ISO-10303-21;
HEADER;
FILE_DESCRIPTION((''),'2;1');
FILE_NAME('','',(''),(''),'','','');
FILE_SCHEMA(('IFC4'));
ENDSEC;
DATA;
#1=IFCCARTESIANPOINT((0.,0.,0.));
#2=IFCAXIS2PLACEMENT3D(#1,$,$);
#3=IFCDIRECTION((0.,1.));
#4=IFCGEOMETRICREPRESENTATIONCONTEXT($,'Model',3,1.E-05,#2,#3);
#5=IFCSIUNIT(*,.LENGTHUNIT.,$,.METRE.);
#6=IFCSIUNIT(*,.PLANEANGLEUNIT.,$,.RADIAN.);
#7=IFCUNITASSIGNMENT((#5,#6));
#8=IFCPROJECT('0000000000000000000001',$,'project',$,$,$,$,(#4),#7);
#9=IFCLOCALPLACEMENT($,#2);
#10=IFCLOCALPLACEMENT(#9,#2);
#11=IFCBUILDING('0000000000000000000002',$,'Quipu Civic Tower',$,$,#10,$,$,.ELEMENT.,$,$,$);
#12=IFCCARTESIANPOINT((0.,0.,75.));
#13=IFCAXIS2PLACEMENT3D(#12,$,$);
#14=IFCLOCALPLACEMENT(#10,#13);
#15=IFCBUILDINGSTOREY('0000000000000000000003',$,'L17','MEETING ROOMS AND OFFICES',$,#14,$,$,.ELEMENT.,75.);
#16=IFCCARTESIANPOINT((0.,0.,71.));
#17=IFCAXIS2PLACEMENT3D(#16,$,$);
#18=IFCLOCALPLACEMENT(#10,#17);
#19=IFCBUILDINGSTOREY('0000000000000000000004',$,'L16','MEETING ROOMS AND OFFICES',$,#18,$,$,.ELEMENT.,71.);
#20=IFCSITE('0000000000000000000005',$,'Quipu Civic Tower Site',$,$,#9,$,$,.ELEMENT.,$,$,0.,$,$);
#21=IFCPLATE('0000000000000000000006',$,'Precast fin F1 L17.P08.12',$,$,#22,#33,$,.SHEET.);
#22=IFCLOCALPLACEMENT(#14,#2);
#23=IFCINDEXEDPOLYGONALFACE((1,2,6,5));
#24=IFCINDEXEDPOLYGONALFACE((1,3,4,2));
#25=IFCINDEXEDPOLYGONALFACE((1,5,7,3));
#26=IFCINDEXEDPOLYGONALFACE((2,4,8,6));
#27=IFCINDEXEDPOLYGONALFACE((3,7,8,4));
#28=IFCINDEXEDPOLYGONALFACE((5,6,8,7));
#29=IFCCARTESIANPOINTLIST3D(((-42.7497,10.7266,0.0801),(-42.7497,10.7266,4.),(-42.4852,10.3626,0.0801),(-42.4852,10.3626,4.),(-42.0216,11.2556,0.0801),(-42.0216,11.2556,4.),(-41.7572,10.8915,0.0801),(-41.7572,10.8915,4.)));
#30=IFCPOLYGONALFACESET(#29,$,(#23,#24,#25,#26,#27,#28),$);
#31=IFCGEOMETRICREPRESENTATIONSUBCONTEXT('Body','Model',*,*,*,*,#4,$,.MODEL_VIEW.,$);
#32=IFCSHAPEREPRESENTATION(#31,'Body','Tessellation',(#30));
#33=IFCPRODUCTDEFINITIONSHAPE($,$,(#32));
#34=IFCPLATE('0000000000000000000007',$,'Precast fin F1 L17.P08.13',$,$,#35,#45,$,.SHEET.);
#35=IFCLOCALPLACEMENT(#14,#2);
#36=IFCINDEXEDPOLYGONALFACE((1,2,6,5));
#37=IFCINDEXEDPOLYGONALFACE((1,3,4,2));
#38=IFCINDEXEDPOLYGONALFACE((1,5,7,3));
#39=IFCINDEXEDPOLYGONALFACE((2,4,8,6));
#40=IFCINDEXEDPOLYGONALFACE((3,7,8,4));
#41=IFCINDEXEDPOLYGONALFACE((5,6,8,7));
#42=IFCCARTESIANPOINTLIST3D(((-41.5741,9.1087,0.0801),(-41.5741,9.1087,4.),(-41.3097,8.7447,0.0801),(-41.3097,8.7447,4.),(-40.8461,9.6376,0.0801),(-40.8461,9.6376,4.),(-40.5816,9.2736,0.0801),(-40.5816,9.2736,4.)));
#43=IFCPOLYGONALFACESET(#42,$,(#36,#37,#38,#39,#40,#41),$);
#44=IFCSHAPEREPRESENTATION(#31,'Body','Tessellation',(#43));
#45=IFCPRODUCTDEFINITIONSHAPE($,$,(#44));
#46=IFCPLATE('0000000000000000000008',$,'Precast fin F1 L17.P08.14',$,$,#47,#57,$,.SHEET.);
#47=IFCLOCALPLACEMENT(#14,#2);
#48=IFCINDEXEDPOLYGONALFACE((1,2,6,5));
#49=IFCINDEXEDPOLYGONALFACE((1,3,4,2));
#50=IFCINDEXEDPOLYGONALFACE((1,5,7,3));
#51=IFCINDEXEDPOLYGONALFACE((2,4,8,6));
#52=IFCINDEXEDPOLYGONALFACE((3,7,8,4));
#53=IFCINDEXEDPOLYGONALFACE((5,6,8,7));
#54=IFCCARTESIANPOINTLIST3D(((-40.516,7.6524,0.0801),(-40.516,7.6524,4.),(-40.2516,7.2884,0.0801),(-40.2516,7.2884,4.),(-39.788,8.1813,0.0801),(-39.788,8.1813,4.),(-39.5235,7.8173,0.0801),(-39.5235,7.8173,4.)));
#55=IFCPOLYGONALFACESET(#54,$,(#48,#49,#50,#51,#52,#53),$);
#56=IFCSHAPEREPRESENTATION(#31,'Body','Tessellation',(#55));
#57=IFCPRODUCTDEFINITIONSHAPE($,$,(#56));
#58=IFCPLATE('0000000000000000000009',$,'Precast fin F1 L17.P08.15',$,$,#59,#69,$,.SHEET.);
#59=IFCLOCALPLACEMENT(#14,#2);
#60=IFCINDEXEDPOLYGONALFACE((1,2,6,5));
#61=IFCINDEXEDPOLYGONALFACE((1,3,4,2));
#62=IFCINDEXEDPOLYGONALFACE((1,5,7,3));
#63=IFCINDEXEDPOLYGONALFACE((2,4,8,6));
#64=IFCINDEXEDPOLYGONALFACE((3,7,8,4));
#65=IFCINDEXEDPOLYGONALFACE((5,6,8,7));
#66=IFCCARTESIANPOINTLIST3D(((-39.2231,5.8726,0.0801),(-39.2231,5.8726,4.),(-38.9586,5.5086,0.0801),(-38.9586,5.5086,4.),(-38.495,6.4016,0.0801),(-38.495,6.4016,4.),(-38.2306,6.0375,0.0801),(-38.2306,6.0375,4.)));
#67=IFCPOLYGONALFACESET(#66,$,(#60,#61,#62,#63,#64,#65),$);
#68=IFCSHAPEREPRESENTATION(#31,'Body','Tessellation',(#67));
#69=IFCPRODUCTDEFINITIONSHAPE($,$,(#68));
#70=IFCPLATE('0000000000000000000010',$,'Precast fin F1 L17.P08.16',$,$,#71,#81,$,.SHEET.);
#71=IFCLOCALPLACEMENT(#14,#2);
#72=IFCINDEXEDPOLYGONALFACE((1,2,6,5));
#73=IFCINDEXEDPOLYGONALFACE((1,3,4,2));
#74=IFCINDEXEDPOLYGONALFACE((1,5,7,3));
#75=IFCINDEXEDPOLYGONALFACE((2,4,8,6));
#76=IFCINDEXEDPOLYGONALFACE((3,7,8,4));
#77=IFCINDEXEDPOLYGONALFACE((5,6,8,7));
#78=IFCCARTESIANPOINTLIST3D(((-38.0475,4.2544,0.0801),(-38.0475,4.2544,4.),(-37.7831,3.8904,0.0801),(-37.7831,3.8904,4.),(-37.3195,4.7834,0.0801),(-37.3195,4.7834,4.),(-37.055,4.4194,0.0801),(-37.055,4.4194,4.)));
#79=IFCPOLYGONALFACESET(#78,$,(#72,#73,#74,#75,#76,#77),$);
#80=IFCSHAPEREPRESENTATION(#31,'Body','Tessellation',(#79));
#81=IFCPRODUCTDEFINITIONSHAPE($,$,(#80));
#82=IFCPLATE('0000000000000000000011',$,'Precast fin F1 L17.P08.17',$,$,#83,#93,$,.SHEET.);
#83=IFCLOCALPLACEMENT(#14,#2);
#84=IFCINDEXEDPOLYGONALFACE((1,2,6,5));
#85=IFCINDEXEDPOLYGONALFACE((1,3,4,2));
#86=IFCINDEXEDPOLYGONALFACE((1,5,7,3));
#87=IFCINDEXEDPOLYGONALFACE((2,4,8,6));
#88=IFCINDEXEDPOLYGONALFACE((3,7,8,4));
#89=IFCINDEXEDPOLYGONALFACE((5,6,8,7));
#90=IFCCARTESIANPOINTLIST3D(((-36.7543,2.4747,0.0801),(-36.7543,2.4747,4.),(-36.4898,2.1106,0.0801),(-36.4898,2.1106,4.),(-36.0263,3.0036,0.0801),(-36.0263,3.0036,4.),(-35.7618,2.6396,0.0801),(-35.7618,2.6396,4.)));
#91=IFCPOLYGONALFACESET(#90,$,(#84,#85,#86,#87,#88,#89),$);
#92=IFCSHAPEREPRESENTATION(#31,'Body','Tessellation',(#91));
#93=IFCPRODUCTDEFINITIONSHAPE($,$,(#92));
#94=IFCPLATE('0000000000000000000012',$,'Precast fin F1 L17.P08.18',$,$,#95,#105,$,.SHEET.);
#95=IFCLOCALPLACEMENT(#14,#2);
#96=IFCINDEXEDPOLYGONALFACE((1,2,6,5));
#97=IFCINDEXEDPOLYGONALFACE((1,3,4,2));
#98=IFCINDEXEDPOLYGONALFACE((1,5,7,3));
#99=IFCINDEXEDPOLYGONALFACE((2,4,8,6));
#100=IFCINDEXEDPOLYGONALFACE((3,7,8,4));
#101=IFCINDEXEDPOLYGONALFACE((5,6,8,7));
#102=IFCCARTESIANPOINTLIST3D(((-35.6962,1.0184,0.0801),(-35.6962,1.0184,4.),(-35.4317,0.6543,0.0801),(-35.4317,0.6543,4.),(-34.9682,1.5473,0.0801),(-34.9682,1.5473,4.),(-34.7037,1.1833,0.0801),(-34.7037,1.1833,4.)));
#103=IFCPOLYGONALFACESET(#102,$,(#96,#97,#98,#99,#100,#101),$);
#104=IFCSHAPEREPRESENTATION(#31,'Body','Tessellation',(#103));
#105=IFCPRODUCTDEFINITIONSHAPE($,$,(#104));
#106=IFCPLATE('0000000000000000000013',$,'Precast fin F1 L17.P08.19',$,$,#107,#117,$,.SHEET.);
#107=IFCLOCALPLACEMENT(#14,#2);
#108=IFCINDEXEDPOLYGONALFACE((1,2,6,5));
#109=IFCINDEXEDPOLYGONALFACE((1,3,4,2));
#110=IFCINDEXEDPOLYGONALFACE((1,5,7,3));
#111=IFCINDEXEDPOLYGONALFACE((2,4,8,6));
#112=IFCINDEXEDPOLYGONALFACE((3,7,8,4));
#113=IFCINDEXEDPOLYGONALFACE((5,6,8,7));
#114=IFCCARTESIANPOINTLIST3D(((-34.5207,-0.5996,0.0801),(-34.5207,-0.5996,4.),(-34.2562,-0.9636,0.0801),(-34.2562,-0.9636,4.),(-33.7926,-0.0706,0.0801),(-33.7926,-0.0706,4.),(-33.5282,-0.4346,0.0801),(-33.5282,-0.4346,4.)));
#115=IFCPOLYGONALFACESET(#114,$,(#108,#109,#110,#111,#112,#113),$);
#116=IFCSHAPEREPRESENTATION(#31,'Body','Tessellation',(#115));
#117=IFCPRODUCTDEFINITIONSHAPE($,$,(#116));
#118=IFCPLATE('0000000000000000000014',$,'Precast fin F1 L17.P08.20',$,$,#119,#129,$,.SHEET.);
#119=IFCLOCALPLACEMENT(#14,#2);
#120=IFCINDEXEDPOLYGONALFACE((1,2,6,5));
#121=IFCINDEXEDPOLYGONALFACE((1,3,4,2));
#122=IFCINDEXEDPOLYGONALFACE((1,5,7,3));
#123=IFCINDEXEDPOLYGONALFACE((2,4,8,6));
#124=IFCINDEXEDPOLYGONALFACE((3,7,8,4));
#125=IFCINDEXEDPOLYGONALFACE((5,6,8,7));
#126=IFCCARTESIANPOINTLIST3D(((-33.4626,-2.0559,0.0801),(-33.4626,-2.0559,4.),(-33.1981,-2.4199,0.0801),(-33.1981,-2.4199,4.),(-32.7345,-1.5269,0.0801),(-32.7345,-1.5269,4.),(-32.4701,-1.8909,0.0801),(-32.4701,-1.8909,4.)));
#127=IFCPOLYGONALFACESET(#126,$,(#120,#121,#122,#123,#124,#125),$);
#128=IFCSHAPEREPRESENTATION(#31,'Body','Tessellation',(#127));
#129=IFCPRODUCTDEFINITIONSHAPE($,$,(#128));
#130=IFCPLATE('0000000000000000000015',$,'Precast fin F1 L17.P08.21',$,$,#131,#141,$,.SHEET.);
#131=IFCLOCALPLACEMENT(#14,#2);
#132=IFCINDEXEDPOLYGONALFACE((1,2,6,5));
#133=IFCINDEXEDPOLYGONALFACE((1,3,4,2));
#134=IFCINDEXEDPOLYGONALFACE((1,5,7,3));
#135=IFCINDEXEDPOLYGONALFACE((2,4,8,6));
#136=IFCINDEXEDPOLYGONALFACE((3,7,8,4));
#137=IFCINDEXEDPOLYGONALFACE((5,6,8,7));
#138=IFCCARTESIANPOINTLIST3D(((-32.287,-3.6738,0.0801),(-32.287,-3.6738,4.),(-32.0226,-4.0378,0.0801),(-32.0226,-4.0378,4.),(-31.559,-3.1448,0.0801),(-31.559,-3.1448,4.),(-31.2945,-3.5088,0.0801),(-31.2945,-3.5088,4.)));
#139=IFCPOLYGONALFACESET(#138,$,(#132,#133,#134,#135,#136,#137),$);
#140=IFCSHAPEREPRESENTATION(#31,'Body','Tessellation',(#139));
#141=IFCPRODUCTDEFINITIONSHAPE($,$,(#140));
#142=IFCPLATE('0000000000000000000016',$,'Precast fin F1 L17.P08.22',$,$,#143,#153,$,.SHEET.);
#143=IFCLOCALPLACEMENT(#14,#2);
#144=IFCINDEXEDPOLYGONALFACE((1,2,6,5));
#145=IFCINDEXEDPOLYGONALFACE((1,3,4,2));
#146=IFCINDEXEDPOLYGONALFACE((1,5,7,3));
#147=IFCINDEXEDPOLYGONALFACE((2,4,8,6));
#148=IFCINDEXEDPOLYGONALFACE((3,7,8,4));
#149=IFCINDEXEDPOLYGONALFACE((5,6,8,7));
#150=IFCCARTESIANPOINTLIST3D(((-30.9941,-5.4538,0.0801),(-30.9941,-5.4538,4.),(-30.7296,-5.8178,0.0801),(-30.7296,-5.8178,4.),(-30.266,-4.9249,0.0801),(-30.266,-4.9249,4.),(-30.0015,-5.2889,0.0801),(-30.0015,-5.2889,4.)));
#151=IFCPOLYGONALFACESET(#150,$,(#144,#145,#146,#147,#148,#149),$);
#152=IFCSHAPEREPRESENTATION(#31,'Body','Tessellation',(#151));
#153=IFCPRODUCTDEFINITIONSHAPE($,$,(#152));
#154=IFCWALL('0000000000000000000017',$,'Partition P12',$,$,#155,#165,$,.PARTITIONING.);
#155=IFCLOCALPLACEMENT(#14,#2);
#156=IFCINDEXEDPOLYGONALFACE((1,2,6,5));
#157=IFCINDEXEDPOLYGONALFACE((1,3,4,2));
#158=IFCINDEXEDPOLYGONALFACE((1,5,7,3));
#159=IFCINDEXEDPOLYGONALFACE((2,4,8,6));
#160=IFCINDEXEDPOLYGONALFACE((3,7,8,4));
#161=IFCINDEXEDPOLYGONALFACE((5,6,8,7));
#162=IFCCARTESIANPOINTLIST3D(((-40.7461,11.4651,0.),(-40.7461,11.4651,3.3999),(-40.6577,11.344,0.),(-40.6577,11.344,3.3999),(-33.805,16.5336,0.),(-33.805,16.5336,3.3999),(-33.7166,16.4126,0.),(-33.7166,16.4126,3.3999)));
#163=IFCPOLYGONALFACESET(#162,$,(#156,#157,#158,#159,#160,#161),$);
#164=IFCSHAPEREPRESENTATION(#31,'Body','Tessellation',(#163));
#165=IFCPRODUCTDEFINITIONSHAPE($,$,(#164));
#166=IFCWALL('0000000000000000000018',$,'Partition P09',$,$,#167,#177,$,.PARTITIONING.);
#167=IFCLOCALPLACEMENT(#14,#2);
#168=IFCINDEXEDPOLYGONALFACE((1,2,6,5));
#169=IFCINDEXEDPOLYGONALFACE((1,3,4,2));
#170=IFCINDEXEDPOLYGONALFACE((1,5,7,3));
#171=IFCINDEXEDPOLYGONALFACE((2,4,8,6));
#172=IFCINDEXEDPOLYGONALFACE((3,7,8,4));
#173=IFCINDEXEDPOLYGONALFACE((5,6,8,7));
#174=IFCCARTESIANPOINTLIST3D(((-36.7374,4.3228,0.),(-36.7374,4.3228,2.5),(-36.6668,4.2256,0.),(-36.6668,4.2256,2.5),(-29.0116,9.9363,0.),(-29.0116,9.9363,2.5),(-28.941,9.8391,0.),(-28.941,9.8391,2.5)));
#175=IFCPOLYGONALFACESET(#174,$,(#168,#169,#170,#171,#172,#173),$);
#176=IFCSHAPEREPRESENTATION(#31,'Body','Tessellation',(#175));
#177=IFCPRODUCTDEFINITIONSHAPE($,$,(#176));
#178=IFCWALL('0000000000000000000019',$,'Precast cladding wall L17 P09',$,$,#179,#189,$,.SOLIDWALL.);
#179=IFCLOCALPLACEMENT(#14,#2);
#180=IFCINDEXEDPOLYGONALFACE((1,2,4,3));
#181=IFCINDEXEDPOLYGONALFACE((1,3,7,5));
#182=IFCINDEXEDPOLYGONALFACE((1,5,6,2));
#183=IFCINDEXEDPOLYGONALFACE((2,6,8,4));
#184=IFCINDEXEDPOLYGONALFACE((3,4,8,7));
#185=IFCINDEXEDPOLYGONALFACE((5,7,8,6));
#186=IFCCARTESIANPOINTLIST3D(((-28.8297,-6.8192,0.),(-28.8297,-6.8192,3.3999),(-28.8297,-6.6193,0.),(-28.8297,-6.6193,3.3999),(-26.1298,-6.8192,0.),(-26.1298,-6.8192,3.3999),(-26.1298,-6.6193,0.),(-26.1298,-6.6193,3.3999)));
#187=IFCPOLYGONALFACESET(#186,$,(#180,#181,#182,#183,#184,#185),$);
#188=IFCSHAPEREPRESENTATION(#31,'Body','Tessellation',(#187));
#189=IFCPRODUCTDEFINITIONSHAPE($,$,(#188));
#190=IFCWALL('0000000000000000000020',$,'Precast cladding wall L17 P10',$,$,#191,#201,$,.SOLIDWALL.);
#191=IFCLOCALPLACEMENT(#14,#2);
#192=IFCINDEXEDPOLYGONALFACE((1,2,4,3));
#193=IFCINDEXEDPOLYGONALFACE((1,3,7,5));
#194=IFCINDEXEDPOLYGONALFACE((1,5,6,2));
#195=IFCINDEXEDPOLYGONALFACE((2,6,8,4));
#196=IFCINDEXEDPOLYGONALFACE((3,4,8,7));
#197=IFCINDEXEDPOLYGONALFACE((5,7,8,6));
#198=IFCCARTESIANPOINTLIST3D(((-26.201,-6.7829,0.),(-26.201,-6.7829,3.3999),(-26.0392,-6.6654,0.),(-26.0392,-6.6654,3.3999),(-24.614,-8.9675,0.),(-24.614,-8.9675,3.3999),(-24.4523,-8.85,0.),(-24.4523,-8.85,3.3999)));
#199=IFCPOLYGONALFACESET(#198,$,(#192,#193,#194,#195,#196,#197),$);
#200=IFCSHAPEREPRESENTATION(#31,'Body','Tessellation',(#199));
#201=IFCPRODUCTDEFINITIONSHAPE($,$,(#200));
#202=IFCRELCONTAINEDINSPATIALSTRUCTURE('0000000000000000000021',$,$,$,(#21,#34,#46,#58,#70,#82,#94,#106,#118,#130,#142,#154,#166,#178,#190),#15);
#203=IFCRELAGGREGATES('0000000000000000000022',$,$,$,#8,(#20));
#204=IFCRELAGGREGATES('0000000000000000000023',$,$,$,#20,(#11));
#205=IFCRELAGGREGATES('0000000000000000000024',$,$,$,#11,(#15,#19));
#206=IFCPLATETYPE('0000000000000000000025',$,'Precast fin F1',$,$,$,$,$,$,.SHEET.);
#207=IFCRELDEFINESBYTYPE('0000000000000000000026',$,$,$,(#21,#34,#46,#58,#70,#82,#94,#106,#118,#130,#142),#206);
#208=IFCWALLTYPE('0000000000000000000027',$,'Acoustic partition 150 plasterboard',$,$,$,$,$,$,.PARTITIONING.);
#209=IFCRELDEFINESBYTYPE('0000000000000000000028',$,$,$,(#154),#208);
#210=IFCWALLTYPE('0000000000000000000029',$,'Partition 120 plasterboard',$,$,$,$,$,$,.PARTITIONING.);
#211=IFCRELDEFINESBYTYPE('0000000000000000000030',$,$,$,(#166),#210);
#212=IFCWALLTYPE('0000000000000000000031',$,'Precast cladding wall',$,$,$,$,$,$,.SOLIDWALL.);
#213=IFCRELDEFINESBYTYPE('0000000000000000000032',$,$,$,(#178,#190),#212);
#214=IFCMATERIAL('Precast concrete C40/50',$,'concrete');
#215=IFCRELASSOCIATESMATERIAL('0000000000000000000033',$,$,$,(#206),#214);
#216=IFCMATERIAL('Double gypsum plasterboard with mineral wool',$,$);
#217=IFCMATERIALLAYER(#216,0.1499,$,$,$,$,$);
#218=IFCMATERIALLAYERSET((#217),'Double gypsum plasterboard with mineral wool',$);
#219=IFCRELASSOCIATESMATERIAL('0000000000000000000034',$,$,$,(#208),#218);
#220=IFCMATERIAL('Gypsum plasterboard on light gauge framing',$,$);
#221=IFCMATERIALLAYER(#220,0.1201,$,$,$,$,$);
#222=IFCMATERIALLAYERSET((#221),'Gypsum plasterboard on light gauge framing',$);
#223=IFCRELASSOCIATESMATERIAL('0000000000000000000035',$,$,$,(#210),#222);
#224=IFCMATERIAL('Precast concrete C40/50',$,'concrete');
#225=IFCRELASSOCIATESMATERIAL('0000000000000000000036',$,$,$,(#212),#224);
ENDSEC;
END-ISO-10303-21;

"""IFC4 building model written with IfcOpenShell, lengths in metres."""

from ifc_helpers import new_model, si_unit, direction, frame, frame_2d, origin, origin_2d, place, context, subcontext, project, spatial, rectangle, extrude, material, layer, layer_set, type_object, element, save


model = new_model("IFC4")

# Units and contexts
model_context = context("Model", 3, precision=1e-05, world=origin(), true_north=direction((0.0, 1.0)))
body_context = subcontext(model_context, "Body", "Model", "MODEL_VIEW")
ifc_project = project(units=[si_unit("LENGTHUNIT", "METRE"), si_unit("PLANEANGLEUNIT", "RADIAN")], contexts=[model_context])

# Site, building, storey
site_placement = place(None, origin())
site = spatial("IfcSite", under=ifc_project, at=site_placement, Name="Quipu Civic Tower Site", CompositionType="ELEMENT", RefElevation=0.0)
building_placement = place(site_placement, origin())
building = spatial("IfcBuilding", under=site, at=building_placement, Name="Quipu Civic Tower", CompositionType="ELEMENT")
storey_1_placement = place(building_placement, frame((0.0, 0.0, 75.0)))
storey_1 = spatial("IfcBuildingStorey", under=building, at=storey_1_placement, Name="L17", Description="MEETING ROOMS AND OFFICES", CompositionType="ELEMENT", Elevation=75.0)

# Shared definitions
storey_2_placement = place(building_placement, frame((0.0, 0.0, 71.0)))
storey_2 = spatial("IfcBuildingStorey", under=building, at=storey_2_placement, Name="L16", Description="MEETING ROOMS AND OFFICES", CompositionType="ELEMENT", Elevation=71.0)

# Plates
ifc_material_1 = material(Name="Precast concrete C40/50", Category="concrete")
plate_type_1 = type_object("IfcPlateType", Name="Precast fin F1", PredefinedType="SHEET", material=ifc_material_1)
for number, where, z_axis, x_axis, name in (
    (1, (-42.2534, 10.8091, 0.0801), (0.0, 0.0, 1.0), (0.587786, -0.809017, 0.0), "Precast fin F1 L17.P08.12"),
    (2, (-41.0779, 9.1912, 0.0801), (0.0, 0.0, 1.0), (0.587786, -0.809017, 0.0), "Precast fin F1 L17.P08.13"),
    (3, (-40.0198, 7.7349, 0.0801), (0.0, 0.0, 1.0), (0.587786, -0.809017, 0.0), "Precast fin F1 L17.P08.14"),
    (4, (-38.7268, 5.9551, 0.0801), (0.0, 0.0, 1.0), (0.587786, -0.809017, 0.0), "Precast fin F1 L17.P08.15"),
    (5, (-37.5513, 4.3369, 0.0801), (0.0, 0.0, 1.0), (0.587786, -0.809017, 0.0), "Precast fin F1 L17.P08.16"),
    (6, (-36.2581, 2.5571, 0.0801), (0.0, 0.0, 1.0), (0.587786, -0.809017, 0.0), "Precast fin F1 L17.P08.17"),
    (7, (-35.2, 1.1008, 0.0801), (0.0, 0.0, 1.0), (0.587786, -0.809017, 0.0), "Precast fin F1 L17.P08.18"),
    (8, (-34.0244, -0.5171, 0.0801), (0.0, 0.0, 1.0), (0.587786, -0.809017, 0.0), "Precast fin F1 L17.P08.19"),
    (9, (-32.9663, -1.9734, 0.0801), (0.0, 0.0, 1.0), (0.587786, -0.809017, 0.0), "Precast fin F1 L17.P08.20"),
    (10, (-31.7908, -3.5913, 0.0801), (0.0, 0.0, 1.0), (0.587786, -0.809017, 0.0), "Precast fin F1 L17.P08.21"),
    (11, (-30.4978, -5.3713, 0.0801), (0.0, 0.0, 1.0), (0.587786, -0.809017, 0.0), "Precast fin F1 L17.P08.22"),
):
    element("IfcPlate", number, at=place(storey_1_placement, frame(where, z_axis=z_axis, x_axis=x_axis)), inside=storey_1, type_object=plate_type_1, Name=name, PredefinedType="SHEET", context=body_context, shape_type="SweptSolid", body=[
        extrude(rectangle(XDim=0.45, YDim=0.8999, at=origin_2d()), origin(), (0.0, 0.0, 1.0), 3.9199),
    ])

# Walls
ifc_material_2 = material(Name="Double gypsum plasterboard with mineral wool")
ifc_layer_1 = layer(ifc_material_2, 0.1499)
ifc_layer_set_1 = layer_set([ifc_layer_1], Name="Double gypsum plasterboard with mineral wool")
wall_type_1 = type_object("IfcWallType", Name="Acoustic partition 150 plasterboard", PredefinedType="PARTITIONING", material=ifc_layer_set_1)
wall_1_placement = place(storey_1_placement, frame((-40.7019, 11.4045, 0.0), z_axis=(0.0, 0.0, 1.0), x_axis=(0.807601, 0.58973, 0.0)))
element("IfcWall", 12, at=wall_1_placement, inside=storey_1, type_object=wall_type_1, Name="Partition P12", PredefinedType="PARTITIONING", context=body_context, shape_type="SweptSolid", body=[
    extrude(rectangle(XDim=8.5947, YDim=0.1499, at=frame_2d((4.2974, 0.0))), origin(), (0.0, 0.0, 1.0), 3.3999),
])
ifc_material_3 = material(Name="Gypsum plasterboard on light gauge framing")
ifc_layer_2 = layer(ifc_material_3, 0.1201)
ifc_layer_set_2 = layer_set([ifc_layer_2], Name="Gypsum plasterboard on light gauge framing")
wall_type_2 = type_object("IfcWallType", Name="Partition 120 plasterboard", PredefinedType="PARTITIONING", material=ifc_layer_set_2)
wall_2_placement = place(storey_1_placement, frame((-28.9763, 9.8877, 0.0), z_axis=(0.0, 0.0, 1.0), x_axis=(-0.808998, -0.587811, 0.0)))
element("IfcWall", 13, at=wall_2_placement, inside=storey_1, type_object=wall_type_2, Name="Partition P09", PredefinedType="PARTITIONING", context=body_context, shape_type="SweptSolid", body=[
    extrude(rectangle(XDim=9.5498, YDim=0.1201, at=frame_2d((4.7749, 0.0))), origin(), (0.0, 0.0, 1.0), 2.5),
])
ifc_material_4 = material(Name="Precast concrete C40/50", Category="concrete")
wall_type_3 = type_object("IfcWallType", Name="Precast cladding wall", PredefinedType="SOLIDWALL", material=ifc_material_4)
wall_3_placement = place(storey_1_placement, frame((-28.8298, -6.7192, 0.0), z_axis=(0.0, 0.0, 1.0), x_axis=(1.0, 0.0, 0.0)))
element("IfcWall", 14, at=wall_3_placement, inside=storey_1, type_object=wall_type_3, Name="Precast cladding wall L17 P09", PredefinedType="SOLIDWALL", context=body_context, shape_type="SweptSolid", body=[
    extrude(rectangle(XDim=2.7, YDim=0.2, at=frame_2d((1.3501, 0.0))), origin(), (0.0, 0.0, 1.0), 3.3999),
])
wall_4_placement = place(storey_1_placement, frame((-26.1201, -6.7241, 0.0), z_axis=(0.0, 0.0, 1.0), x_axis=(0.58772, -0.809064, 0.0)))
element("IfcWall", 15, at=wall_4_placement, inside=storey_1, type_object=wall_type_3, Name="Precast cladding wall L17 P10", PredefinedType="SOLIDWALL", context=body_context, shape_type="SweptSolid", body=[
    extrude(rectangle(XDim=2.7002, YDim=0.2, at=frame_2d((1.3501, 0.0))), origin(), (0.0, 0.0, 1.0), 3.3999),
])

save(model, "model.ifc")
